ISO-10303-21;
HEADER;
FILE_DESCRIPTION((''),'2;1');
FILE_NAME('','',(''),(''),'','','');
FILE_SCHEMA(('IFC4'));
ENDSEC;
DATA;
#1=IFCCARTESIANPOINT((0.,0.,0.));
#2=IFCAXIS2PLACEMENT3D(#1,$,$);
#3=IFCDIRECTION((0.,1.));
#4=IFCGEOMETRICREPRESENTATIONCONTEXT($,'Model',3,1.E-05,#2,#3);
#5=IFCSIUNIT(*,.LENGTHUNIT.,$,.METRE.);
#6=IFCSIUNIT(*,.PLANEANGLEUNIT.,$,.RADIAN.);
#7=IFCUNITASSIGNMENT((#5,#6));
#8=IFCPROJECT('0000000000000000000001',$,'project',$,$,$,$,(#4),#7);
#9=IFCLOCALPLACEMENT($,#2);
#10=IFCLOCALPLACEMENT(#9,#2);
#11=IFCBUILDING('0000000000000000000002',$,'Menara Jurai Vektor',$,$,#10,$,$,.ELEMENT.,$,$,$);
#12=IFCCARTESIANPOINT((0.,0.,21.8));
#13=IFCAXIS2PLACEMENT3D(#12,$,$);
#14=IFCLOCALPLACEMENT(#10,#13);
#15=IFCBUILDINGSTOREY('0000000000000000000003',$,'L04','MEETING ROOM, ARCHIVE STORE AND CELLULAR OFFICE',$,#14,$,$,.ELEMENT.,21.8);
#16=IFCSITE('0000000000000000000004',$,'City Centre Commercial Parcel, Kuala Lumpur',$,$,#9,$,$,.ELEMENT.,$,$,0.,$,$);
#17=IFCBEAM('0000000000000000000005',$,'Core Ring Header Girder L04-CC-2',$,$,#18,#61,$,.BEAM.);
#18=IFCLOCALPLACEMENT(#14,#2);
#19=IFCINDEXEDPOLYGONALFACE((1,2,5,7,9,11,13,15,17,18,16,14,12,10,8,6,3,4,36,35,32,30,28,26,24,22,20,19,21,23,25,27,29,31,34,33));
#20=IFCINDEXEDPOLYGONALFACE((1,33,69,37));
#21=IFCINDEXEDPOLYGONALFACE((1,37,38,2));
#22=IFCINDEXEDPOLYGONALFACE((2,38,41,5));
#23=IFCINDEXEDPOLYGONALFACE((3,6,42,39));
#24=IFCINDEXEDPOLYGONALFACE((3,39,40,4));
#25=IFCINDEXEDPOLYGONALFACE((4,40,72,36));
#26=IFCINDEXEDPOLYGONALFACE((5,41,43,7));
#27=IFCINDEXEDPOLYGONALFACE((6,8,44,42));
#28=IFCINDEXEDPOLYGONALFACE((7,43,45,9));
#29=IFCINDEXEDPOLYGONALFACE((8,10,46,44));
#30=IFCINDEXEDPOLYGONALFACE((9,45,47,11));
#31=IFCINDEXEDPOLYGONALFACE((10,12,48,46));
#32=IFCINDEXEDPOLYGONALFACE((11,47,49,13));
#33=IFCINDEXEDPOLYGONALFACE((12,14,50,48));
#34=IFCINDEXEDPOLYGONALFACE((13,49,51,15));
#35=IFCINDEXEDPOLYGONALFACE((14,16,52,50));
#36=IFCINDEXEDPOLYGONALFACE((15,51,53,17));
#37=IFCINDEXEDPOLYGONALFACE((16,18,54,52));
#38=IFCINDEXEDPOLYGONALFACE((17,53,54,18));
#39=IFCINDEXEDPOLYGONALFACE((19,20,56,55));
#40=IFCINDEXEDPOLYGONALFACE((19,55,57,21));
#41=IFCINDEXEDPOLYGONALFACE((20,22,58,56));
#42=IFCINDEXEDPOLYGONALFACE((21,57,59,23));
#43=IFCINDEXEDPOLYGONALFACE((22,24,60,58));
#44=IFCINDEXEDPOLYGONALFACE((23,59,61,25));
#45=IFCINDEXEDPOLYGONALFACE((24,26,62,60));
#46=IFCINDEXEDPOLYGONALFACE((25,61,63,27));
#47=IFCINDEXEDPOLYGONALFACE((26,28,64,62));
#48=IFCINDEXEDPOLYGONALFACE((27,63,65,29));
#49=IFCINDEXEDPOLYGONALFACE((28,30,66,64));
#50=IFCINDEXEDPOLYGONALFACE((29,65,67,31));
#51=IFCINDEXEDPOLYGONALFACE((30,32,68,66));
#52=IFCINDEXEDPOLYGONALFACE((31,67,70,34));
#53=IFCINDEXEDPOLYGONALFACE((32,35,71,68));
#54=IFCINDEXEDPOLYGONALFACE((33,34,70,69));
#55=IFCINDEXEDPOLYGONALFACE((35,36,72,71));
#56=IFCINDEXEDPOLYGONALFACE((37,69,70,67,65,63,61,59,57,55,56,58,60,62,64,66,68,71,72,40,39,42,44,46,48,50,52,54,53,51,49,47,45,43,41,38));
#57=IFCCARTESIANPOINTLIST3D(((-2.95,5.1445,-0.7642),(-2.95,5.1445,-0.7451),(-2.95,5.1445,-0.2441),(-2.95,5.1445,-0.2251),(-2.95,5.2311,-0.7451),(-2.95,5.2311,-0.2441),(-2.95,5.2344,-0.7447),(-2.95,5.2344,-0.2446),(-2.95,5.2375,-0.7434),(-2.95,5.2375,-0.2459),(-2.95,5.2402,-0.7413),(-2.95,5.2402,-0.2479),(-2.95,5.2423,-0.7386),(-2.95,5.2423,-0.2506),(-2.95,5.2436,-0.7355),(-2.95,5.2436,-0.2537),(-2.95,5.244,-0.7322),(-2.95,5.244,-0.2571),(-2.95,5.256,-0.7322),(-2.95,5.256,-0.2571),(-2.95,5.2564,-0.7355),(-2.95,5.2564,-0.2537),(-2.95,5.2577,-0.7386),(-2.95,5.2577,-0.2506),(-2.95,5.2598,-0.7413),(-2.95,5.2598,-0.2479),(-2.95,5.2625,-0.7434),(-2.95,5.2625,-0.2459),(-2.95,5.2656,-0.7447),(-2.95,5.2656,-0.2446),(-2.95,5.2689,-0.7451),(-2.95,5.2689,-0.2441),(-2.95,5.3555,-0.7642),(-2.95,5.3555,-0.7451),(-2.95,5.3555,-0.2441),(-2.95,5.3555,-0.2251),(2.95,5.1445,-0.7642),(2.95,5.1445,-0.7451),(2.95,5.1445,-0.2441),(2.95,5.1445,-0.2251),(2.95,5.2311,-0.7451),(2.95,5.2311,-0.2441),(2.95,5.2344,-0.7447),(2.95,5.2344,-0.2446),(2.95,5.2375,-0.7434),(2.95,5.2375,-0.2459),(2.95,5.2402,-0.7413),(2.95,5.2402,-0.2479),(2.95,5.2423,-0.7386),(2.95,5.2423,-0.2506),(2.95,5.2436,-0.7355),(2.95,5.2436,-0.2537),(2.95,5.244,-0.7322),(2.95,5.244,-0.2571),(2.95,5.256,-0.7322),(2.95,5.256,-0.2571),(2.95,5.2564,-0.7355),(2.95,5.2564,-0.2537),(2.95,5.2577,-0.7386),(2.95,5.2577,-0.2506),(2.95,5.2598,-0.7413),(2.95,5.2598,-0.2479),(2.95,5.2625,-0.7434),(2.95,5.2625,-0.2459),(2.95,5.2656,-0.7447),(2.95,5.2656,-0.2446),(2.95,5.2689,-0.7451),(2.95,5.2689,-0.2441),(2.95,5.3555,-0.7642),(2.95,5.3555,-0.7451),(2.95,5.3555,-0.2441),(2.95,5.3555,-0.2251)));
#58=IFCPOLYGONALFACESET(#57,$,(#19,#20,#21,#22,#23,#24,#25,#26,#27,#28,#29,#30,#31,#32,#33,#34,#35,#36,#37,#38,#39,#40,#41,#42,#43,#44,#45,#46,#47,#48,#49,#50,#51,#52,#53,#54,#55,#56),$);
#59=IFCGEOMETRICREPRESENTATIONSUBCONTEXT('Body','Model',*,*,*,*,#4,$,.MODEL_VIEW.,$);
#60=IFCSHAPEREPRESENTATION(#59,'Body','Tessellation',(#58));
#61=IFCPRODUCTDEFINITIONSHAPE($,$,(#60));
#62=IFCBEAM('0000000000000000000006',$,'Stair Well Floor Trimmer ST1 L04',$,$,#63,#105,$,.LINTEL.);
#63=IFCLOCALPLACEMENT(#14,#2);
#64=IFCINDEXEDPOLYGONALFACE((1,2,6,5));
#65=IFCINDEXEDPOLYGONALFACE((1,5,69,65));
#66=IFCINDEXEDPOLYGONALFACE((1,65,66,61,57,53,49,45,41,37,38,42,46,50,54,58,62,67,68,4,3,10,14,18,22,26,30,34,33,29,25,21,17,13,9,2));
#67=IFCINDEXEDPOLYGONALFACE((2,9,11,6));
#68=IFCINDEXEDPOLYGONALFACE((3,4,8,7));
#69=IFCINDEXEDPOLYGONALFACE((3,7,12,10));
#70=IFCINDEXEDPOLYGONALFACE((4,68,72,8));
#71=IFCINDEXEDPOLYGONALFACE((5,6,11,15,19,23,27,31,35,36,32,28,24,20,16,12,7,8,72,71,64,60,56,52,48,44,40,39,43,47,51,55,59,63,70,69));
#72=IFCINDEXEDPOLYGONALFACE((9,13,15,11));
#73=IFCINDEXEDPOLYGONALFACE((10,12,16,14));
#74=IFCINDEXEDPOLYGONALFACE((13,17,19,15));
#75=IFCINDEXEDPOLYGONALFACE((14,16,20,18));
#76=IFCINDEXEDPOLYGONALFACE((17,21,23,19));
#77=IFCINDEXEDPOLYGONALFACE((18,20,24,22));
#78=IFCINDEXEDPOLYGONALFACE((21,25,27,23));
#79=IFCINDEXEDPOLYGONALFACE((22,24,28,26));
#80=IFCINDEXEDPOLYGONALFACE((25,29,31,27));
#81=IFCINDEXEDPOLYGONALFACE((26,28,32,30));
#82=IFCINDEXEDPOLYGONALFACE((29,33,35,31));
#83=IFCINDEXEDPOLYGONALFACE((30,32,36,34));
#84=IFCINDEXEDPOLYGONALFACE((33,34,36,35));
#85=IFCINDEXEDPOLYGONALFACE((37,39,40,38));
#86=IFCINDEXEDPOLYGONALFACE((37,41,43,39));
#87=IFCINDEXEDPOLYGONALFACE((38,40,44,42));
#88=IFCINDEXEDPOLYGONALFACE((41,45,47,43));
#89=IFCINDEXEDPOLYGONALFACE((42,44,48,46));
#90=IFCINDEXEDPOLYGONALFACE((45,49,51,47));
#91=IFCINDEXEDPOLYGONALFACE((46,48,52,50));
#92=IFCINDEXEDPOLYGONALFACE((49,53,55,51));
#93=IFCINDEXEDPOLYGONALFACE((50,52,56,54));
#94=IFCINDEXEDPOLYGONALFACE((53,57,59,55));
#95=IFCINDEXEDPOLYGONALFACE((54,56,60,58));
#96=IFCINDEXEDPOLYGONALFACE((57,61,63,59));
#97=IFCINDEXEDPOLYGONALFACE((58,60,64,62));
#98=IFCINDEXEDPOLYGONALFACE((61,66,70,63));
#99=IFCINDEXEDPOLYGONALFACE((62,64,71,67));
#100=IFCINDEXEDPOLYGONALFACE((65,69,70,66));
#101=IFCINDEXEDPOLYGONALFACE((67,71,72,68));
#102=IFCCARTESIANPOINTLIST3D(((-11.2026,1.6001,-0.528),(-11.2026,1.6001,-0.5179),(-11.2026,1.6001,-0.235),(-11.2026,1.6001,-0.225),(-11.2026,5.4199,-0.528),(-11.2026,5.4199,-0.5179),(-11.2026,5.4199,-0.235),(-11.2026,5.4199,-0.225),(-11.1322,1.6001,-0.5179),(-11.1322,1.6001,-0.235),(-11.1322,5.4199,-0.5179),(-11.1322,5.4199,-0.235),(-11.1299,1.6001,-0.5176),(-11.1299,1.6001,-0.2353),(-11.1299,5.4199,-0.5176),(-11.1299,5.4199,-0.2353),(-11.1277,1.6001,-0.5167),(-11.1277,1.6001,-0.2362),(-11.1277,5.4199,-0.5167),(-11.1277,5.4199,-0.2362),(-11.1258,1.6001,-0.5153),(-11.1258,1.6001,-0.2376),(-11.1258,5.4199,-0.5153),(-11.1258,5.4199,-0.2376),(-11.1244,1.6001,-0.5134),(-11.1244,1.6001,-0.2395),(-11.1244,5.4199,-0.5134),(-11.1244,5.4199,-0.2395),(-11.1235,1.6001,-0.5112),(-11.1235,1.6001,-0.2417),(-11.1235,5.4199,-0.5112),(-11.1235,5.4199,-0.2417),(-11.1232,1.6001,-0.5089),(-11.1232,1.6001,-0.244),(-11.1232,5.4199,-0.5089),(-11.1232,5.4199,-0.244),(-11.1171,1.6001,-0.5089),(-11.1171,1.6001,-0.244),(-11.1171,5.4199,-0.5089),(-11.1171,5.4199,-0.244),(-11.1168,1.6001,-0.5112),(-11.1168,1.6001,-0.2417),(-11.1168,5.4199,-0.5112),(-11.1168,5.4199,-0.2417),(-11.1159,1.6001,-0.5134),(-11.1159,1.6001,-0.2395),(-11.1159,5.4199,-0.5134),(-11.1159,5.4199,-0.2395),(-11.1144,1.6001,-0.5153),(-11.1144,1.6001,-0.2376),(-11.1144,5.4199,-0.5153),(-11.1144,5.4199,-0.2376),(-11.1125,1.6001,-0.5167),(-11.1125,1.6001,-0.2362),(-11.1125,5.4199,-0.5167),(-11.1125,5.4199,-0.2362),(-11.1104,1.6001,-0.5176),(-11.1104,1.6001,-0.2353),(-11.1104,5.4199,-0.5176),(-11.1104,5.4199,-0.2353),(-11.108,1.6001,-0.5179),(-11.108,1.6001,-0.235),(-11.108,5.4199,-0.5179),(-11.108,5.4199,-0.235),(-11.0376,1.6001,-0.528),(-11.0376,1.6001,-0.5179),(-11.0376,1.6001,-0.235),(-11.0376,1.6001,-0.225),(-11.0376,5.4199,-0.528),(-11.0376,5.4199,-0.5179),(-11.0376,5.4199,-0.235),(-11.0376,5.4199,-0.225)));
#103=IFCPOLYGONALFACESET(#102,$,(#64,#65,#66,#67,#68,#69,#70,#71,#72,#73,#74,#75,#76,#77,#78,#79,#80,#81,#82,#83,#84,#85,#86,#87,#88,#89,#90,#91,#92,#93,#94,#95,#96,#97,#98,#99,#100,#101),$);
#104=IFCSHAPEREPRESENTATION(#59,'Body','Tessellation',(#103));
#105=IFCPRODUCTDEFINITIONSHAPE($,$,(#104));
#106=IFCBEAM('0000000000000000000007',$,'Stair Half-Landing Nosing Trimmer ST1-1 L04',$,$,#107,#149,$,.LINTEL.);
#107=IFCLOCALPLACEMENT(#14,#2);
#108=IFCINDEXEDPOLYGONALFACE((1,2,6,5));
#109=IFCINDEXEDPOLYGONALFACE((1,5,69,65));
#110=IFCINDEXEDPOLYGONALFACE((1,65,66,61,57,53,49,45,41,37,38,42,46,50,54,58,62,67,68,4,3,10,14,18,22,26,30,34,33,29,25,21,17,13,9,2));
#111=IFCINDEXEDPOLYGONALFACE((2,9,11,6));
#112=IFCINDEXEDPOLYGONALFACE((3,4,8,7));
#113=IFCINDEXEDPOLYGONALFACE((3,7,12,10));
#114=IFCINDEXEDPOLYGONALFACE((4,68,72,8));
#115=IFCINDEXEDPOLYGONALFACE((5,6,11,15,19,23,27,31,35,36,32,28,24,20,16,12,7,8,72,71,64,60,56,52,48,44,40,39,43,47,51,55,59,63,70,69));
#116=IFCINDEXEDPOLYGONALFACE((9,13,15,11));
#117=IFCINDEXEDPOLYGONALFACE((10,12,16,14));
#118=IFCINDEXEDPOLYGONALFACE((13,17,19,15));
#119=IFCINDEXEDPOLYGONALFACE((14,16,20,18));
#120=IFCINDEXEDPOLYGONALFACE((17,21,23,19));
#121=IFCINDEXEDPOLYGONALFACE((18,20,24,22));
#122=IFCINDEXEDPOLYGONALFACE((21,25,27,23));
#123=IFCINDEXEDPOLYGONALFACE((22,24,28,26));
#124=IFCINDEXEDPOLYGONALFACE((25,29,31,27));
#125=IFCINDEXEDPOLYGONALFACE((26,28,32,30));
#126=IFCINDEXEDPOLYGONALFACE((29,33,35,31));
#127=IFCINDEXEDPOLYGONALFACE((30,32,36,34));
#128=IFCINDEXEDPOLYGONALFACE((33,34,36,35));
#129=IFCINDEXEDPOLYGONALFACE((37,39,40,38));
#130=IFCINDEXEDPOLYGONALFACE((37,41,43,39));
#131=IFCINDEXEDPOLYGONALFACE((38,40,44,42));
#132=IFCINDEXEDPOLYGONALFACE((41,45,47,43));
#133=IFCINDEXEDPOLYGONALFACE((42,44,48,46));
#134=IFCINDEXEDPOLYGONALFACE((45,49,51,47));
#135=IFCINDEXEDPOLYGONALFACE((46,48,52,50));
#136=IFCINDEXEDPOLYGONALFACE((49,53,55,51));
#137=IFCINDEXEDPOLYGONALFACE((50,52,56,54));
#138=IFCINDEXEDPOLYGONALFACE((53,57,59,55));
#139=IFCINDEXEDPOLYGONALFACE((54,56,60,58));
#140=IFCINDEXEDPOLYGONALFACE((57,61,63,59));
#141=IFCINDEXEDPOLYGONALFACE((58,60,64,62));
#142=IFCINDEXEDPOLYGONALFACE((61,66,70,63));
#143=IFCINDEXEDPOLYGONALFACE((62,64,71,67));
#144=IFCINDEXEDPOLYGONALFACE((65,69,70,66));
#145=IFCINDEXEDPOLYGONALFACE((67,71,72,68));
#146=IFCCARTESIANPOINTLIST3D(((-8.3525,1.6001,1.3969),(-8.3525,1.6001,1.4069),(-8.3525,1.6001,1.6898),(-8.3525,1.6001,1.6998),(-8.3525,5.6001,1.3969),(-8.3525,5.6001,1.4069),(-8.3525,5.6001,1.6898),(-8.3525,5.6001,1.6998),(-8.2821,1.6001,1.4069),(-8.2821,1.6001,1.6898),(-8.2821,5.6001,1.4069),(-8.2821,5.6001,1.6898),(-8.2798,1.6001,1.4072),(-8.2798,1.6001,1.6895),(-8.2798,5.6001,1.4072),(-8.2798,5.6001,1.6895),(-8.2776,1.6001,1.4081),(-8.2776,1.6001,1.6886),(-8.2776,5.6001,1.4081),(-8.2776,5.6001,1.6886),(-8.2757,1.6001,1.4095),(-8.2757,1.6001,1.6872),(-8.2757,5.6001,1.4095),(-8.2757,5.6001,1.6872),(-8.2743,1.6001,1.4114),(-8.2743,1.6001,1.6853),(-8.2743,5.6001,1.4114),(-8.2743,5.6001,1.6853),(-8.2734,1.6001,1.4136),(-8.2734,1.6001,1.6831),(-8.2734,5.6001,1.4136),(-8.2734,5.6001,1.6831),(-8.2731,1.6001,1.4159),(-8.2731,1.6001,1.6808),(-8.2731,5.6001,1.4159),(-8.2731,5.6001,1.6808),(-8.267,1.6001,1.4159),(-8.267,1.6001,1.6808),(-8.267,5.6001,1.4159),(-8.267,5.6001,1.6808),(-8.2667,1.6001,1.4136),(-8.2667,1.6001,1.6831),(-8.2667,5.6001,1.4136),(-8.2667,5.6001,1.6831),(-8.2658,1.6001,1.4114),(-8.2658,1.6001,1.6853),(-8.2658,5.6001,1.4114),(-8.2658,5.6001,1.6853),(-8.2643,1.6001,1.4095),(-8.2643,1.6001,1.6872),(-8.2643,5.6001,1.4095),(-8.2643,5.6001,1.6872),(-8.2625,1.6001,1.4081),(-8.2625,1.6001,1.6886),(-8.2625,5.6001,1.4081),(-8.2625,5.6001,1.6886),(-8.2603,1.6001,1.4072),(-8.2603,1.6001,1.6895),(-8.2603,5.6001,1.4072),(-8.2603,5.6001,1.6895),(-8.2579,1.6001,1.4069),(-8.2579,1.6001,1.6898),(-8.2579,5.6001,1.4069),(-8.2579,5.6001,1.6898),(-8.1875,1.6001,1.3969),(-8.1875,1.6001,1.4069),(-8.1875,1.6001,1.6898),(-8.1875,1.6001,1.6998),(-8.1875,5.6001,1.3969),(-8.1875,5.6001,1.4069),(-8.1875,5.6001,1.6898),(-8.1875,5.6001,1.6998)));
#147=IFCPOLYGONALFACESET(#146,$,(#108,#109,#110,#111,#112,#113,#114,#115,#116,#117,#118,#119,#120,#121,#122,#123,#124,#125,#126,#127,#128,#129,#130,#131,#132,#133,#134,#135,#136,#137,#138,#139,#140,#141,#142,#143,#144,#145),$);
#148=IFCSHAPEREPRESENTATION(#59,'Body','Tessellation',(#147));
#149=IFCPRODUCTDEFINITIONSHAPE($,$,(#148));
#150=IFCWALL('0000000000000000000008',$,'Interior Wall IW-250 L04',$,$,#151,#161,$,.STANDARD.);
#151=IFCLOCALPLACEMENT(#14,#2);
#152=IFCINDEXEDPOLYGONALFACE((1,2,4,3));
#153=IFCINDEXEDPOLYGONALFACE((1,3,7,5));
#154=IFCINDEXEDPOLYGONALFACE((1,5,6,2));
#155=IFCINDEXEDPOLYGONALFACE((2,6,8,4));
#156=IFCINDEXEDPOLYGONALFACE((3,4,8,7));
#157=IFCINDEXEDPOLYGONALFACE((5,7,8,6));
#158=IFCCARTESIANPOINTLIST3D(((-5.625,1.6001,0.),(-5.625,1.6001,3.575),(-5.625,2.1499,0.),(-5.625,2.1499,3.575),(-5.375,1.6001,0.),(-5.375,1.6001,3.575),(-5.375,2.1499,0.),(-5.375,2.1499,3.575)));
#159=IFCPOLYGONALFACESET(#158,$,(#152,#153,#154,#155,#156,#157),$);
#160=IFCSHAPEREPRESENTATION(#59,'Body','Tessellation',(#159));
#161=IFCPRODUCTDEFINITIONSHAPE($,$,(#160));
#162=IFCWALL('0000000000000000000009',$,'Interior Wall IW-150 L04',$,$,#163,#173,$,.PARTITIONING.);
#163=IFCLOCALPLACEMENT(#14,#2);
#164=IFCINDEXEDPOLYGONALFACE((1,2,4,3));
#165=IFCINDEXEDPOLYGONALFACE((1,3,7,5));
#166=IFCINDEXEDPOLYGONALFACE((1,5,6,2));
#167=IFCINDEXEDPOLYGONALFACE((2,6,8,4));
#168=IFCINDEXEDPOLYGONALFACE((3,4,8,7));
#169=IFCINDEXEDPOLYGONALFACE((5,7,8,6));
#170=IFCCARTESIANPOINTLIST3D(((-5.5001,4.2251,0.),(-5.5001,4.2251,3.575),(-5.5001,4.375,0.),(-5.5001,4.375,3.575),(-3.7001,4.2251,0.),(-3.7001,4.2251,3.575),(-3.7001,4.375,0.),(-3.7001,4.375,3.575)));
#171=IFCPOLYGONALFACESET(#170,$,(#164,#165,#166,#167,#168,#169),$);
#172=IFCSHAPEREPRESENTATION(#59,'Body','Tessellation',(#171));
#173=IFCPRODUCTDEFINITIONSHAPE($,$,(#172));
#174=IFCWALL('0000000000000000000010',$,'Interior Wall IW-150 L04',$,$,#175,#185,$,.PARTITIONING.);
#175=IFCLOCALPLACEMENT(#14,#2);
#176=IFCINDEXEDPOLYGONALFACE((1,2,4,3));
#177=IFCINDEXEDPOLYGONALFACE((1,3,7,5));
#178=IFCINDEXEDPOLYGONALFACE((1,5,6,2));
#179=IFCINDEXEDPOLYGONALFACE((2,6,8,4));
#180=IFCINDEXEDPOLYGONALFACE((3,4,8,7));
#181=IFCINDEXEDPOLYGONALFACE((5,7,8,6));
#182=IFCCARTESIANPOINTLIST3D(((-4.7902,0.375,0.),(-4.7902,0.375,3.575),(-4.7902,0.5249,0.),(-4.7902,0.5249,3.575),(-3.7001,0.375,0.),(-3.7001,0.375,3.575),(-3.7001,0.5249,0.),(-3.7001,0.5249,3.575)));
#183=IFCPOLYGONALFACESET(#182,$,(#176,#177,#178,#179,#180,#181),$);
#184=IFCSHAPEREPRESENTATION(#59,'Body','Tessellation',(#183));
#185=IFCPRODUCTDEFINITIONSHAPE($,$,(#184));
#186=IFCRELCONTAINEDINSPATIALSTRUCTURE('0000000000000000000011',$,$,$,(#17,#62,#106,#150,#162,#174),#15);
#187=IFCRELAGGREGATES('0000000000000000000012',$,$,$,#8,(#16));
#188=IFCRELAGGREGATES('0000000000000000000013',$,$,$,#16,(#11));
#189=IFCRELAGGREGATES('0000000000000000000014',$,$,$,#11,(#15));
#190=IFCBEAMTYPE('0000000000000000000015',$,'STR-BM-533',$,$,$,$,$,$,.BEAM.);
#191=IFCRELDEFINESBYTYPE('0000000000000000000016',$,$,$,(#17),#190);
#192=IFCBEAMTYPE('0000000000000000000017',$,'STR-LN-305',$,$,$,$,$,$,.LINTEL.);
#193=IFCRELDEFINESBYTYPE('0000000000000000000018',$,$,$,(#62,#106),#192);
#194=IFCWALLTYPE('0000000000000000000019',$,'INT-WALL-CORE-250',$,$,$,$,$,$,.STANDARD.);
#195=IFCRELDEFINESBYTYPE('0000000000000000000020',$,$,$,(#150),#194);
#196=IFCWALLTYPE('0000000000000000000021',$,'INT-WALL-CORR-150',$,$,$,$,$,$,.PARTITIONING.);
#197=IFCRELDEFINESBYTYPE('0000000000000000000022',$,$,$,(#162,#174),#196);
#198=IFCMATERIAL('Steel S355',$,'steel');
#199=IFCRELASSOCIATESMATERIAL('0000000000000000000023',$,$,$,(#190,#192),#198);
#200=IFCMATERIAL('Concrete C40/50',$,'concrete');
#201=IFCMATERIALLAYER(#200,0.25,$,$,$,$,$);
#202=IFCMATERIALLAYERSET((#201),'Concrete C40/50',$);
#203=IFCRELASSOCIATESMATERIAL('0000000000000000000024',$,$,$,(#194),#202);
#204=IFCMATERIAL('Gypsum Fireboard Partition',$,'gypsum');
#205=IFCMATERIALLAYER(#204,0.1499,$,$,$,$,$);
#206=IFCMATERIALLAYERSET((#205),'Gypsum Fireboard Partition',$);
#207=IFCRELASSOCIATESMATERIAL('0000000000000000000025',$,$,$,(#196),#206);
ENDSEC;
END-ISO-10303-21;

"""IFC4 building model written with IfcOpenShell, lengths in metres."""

from ifc_helpers import new_model, si_unit, direction, frame, frame_2d, origin, origin_2d, place, context, subcontext, project, spatial, rectangle, i_section, extrude, material, layer, layer_set, material_profile, profile_set, type_object, element, save


model = new_model("IFC4")

# Units and contexts
model_context = context("Model", 3, precision=1e-05, world=origin(), true_north=direction((0.0, 1.0)))
body_context = subcontext(model_context, "Body", "Model", "MODEL_VIEW")
ifc_project = project(units=[si_unit("LENGTHUNIT", "METRE"), si_unit("PLANEANGLEUNIT", "RADIAN")], contexts=[model_context])

# Site, building, storey
site_placement = place(None, origin())
site = spatial("IfcSite", under=ifc_project, at=site_placement, Name="City Centre Commercial Parcel, Kuala Lumpur", CompositionType="ELEMENT", RefElevation=0.0)
building_placement = place(site_placement, origin())
building = spatial("IfcBuilding", under=site, at=building_placement, Name="Menara Jurai Vektor", CompositionType="ELEMENT")
storey_placement = place(building_placement, frame((0.0, 0.0, 21.8)))
storey = spatial("IfcBuildingStorey", under=building, at=storey_placement, Name="L04", Description="MEETING ROOM, ARCHIVE STORE AND CELLULAR OFFICE", CompositionType="ELEMENT", Elevation=21.8)

# Shared definitions
ifc_material_1 = material(Name="Steel S355", Category="steel")

# Beams
ifc_material_profile_1 = material_profile(ifc_material_1, i_section(OverallWidth=0.2109, OverallDepth=0.5391, WebThickness=0.012, FlangeThickness=0.019, FilletRadius=0.0129, at=origin_2d()), Name="UKB 533x210x109")
ifc_profile_set_1 = profile_set([ifc_material_profile_1], Name="Steel S355")
beam_type_1 = type_object("IfcBeamType", Name="STR-BM-533", PredefinedType="BEAM", material=ifc_profile_set_1)
beam_1_placement = place(storey_placement, frame((-2.95, 5.25, -0.4946), z_axis=(1.0, 0.0, 0.0), x_axis=(0.0, 1.0, 0.0)))
element("IfcBeam", 1, at=beam_1_placement, inside=storey, type_object=beam_type_1, Name="Core Ring Header Girder L04-CC-2", PredefinedType="BEAM", context=body_context, shape_type="SweptSolid", body=[
    extrude(i_section(OverallWidth=0.2109, OverallDepth=0.5391, WebThickness=0.012, FlangeThickness=0.019, FilletRadius=0.0129, at=origin_2d()), origin(), (0.0, 0.0, 1.0), 5.8999),
])
ifc_material_profile_2 = material_profile(ifc_material_1, i_section(OverallWidth=0.165, OverallDepth=0.303, WebThickness=0.0061, FlangeThickness=0.01, FilletRadius=0.009, at=origin_2d()), Name="UKB 305x165x40")
ifc_profile_set_2 = profile_set([ifc_material_profile_2], Name="Steel S355")
beam_type_2 = type_object("IfcBeamType", Name="STR-LN-305", PredefinedType="LINTEL", material=ifc_profile_set_2)
beam_2_placement = place(storey_placement, frame((-11.1201, 1.6001, -0.3765), z_axis=(0.0, 1.0, 0.0), x_axis=(-1.0, 0.0, 0.0)))
element("IfcBeam", 2, at=beam_2_placement, inside=storey, type_object=beam_type_2, Name="Stair Well Floor Trimmer ST1 L04", PredefinedType="LINTEL", context=body_context, shape_type="SweptSolid", body=[
    extrude(i_section(OverallWidth=0.165, OverallDepth=0.303, WebThickness=0.0061, FlangeThickness=0.01, FilletRadius=0.009, at=origin_2d()), origin(), (0.0, 0.0, 1.0), 3.8198),
])
beam_3_placement = place(storey_placement, frame((-8.27, 1.6001, 1.5483), z_axis=(0.0, 1.0, 0.0), x_axis=(-1.0, 0.0, 0.0)))
element("IfcBeam", 3, at=beam_3_placement, inside=storey, type_object=beam_type_2, Name="Stair Half-Landing Nosing Trimmer ST1-1 L04", PredefinedType="LINTEL", context=body_context, shape_type="SweptSolid", body=[
    extrude(i_section(OverallWidth=0.165, OverallDepth=0.303, WebThickness=0.0061, FlangeThickness=0.01, FilletRadius=0.009, at=origin_2d()), origin(), (0.0, 0.0, 1.0), 4.0),
])

# Shared definitions
ifc_material_2 = material(Name="Concrete C40/50", Category="concrete")
ifc_layer_1 = layer(ifc_material_2, 0.25)
ifc_layer_set_1 = layer_set([ifc_layer_1], Name="Concrete C40/50")
wall_type_1 = type_object("IfcWallType", Name="INT-WALL-CORE-250", PredefinedType="STANDARD", material=ifc_layer_set_1)

# Walls
wall_1_placement = place(storey_placement, frame((-5.5, 1.6001, 0.0), z_axis=(0.0, 0.0, 1.0), x_axis=(0.0, 1.0, 0.0)))
element("IfcWall", 4, at=wall_1_placement, inside=storey, type_object=wall_type_1, Name="Interior Wall IW-250 L04", PredefinedType="STANDARD", context=body_context, shape_type="SweptSolid", body=[
    extrude(rectangle(XDim=0.5498, YDim=0.25, at=frame_2d((0.2749, 0.0))), origin(), (0.0, 0.0, 1.0), 3.575),
])
ifc_material_3 = material(Name="Gypsum Fireboard Partition", Category="gypsum")
ifc_layer_2 = layer(ifc_material_3, 0.1499)
ifc_layer_set_2 = layer_set([ifc_layer_2], Name="Gypsum Fireboard Partition")
wall_type_2 = type_object("IfcWallType", Name="INT-WALL-CORR-150", PredefinedType="PARTITIONING", material=ifc_layer_set_2)
wall_2_placement = place(storey_placement, frame((-5.5, 4.3, 0.0), z_axis=(0.0, 0.0, 1.0), x_axis=(1.0, 0.0, 0.0)))
element("IfcWall", 5, at=wall_2_placement, inside=storey, type_object=wall_type_2, Name="Interior Wall IW-150 L04", PredefinedType="PARTITIONING", context=body_context, shape_type="SweptSolid", body=[
    extrude(rectangle(XDim=1.8, YDim=0.1499, at=frame_2d((0.8999, 0.0))), origin(), (0.0, 0.0, 1.0), 3.575),
])
wall_3_placement = place(storey_placement, frame((-4.79, 0.45, 0.0), z_axis=(0.0, 0.0, 1.0), x_axis=(1.0, 0.0, 0.0)))
element("IfcWall", 6, at=wall_3_placement, inside=storey, type_object=wall_type_2, Name="Interior Wall IW-150 L04", PredefinedType="PARTITIONING", context=body_context, shape_type="SweptSolid", body=[
    extrude(rectangle(XDim=1.0901, YDim=0.1499, at=frame_2d((0.5449, 0.0))), origin(), (0.0, 0.0, 1.0), 3.575),
])

save(model, "model.ifc")
